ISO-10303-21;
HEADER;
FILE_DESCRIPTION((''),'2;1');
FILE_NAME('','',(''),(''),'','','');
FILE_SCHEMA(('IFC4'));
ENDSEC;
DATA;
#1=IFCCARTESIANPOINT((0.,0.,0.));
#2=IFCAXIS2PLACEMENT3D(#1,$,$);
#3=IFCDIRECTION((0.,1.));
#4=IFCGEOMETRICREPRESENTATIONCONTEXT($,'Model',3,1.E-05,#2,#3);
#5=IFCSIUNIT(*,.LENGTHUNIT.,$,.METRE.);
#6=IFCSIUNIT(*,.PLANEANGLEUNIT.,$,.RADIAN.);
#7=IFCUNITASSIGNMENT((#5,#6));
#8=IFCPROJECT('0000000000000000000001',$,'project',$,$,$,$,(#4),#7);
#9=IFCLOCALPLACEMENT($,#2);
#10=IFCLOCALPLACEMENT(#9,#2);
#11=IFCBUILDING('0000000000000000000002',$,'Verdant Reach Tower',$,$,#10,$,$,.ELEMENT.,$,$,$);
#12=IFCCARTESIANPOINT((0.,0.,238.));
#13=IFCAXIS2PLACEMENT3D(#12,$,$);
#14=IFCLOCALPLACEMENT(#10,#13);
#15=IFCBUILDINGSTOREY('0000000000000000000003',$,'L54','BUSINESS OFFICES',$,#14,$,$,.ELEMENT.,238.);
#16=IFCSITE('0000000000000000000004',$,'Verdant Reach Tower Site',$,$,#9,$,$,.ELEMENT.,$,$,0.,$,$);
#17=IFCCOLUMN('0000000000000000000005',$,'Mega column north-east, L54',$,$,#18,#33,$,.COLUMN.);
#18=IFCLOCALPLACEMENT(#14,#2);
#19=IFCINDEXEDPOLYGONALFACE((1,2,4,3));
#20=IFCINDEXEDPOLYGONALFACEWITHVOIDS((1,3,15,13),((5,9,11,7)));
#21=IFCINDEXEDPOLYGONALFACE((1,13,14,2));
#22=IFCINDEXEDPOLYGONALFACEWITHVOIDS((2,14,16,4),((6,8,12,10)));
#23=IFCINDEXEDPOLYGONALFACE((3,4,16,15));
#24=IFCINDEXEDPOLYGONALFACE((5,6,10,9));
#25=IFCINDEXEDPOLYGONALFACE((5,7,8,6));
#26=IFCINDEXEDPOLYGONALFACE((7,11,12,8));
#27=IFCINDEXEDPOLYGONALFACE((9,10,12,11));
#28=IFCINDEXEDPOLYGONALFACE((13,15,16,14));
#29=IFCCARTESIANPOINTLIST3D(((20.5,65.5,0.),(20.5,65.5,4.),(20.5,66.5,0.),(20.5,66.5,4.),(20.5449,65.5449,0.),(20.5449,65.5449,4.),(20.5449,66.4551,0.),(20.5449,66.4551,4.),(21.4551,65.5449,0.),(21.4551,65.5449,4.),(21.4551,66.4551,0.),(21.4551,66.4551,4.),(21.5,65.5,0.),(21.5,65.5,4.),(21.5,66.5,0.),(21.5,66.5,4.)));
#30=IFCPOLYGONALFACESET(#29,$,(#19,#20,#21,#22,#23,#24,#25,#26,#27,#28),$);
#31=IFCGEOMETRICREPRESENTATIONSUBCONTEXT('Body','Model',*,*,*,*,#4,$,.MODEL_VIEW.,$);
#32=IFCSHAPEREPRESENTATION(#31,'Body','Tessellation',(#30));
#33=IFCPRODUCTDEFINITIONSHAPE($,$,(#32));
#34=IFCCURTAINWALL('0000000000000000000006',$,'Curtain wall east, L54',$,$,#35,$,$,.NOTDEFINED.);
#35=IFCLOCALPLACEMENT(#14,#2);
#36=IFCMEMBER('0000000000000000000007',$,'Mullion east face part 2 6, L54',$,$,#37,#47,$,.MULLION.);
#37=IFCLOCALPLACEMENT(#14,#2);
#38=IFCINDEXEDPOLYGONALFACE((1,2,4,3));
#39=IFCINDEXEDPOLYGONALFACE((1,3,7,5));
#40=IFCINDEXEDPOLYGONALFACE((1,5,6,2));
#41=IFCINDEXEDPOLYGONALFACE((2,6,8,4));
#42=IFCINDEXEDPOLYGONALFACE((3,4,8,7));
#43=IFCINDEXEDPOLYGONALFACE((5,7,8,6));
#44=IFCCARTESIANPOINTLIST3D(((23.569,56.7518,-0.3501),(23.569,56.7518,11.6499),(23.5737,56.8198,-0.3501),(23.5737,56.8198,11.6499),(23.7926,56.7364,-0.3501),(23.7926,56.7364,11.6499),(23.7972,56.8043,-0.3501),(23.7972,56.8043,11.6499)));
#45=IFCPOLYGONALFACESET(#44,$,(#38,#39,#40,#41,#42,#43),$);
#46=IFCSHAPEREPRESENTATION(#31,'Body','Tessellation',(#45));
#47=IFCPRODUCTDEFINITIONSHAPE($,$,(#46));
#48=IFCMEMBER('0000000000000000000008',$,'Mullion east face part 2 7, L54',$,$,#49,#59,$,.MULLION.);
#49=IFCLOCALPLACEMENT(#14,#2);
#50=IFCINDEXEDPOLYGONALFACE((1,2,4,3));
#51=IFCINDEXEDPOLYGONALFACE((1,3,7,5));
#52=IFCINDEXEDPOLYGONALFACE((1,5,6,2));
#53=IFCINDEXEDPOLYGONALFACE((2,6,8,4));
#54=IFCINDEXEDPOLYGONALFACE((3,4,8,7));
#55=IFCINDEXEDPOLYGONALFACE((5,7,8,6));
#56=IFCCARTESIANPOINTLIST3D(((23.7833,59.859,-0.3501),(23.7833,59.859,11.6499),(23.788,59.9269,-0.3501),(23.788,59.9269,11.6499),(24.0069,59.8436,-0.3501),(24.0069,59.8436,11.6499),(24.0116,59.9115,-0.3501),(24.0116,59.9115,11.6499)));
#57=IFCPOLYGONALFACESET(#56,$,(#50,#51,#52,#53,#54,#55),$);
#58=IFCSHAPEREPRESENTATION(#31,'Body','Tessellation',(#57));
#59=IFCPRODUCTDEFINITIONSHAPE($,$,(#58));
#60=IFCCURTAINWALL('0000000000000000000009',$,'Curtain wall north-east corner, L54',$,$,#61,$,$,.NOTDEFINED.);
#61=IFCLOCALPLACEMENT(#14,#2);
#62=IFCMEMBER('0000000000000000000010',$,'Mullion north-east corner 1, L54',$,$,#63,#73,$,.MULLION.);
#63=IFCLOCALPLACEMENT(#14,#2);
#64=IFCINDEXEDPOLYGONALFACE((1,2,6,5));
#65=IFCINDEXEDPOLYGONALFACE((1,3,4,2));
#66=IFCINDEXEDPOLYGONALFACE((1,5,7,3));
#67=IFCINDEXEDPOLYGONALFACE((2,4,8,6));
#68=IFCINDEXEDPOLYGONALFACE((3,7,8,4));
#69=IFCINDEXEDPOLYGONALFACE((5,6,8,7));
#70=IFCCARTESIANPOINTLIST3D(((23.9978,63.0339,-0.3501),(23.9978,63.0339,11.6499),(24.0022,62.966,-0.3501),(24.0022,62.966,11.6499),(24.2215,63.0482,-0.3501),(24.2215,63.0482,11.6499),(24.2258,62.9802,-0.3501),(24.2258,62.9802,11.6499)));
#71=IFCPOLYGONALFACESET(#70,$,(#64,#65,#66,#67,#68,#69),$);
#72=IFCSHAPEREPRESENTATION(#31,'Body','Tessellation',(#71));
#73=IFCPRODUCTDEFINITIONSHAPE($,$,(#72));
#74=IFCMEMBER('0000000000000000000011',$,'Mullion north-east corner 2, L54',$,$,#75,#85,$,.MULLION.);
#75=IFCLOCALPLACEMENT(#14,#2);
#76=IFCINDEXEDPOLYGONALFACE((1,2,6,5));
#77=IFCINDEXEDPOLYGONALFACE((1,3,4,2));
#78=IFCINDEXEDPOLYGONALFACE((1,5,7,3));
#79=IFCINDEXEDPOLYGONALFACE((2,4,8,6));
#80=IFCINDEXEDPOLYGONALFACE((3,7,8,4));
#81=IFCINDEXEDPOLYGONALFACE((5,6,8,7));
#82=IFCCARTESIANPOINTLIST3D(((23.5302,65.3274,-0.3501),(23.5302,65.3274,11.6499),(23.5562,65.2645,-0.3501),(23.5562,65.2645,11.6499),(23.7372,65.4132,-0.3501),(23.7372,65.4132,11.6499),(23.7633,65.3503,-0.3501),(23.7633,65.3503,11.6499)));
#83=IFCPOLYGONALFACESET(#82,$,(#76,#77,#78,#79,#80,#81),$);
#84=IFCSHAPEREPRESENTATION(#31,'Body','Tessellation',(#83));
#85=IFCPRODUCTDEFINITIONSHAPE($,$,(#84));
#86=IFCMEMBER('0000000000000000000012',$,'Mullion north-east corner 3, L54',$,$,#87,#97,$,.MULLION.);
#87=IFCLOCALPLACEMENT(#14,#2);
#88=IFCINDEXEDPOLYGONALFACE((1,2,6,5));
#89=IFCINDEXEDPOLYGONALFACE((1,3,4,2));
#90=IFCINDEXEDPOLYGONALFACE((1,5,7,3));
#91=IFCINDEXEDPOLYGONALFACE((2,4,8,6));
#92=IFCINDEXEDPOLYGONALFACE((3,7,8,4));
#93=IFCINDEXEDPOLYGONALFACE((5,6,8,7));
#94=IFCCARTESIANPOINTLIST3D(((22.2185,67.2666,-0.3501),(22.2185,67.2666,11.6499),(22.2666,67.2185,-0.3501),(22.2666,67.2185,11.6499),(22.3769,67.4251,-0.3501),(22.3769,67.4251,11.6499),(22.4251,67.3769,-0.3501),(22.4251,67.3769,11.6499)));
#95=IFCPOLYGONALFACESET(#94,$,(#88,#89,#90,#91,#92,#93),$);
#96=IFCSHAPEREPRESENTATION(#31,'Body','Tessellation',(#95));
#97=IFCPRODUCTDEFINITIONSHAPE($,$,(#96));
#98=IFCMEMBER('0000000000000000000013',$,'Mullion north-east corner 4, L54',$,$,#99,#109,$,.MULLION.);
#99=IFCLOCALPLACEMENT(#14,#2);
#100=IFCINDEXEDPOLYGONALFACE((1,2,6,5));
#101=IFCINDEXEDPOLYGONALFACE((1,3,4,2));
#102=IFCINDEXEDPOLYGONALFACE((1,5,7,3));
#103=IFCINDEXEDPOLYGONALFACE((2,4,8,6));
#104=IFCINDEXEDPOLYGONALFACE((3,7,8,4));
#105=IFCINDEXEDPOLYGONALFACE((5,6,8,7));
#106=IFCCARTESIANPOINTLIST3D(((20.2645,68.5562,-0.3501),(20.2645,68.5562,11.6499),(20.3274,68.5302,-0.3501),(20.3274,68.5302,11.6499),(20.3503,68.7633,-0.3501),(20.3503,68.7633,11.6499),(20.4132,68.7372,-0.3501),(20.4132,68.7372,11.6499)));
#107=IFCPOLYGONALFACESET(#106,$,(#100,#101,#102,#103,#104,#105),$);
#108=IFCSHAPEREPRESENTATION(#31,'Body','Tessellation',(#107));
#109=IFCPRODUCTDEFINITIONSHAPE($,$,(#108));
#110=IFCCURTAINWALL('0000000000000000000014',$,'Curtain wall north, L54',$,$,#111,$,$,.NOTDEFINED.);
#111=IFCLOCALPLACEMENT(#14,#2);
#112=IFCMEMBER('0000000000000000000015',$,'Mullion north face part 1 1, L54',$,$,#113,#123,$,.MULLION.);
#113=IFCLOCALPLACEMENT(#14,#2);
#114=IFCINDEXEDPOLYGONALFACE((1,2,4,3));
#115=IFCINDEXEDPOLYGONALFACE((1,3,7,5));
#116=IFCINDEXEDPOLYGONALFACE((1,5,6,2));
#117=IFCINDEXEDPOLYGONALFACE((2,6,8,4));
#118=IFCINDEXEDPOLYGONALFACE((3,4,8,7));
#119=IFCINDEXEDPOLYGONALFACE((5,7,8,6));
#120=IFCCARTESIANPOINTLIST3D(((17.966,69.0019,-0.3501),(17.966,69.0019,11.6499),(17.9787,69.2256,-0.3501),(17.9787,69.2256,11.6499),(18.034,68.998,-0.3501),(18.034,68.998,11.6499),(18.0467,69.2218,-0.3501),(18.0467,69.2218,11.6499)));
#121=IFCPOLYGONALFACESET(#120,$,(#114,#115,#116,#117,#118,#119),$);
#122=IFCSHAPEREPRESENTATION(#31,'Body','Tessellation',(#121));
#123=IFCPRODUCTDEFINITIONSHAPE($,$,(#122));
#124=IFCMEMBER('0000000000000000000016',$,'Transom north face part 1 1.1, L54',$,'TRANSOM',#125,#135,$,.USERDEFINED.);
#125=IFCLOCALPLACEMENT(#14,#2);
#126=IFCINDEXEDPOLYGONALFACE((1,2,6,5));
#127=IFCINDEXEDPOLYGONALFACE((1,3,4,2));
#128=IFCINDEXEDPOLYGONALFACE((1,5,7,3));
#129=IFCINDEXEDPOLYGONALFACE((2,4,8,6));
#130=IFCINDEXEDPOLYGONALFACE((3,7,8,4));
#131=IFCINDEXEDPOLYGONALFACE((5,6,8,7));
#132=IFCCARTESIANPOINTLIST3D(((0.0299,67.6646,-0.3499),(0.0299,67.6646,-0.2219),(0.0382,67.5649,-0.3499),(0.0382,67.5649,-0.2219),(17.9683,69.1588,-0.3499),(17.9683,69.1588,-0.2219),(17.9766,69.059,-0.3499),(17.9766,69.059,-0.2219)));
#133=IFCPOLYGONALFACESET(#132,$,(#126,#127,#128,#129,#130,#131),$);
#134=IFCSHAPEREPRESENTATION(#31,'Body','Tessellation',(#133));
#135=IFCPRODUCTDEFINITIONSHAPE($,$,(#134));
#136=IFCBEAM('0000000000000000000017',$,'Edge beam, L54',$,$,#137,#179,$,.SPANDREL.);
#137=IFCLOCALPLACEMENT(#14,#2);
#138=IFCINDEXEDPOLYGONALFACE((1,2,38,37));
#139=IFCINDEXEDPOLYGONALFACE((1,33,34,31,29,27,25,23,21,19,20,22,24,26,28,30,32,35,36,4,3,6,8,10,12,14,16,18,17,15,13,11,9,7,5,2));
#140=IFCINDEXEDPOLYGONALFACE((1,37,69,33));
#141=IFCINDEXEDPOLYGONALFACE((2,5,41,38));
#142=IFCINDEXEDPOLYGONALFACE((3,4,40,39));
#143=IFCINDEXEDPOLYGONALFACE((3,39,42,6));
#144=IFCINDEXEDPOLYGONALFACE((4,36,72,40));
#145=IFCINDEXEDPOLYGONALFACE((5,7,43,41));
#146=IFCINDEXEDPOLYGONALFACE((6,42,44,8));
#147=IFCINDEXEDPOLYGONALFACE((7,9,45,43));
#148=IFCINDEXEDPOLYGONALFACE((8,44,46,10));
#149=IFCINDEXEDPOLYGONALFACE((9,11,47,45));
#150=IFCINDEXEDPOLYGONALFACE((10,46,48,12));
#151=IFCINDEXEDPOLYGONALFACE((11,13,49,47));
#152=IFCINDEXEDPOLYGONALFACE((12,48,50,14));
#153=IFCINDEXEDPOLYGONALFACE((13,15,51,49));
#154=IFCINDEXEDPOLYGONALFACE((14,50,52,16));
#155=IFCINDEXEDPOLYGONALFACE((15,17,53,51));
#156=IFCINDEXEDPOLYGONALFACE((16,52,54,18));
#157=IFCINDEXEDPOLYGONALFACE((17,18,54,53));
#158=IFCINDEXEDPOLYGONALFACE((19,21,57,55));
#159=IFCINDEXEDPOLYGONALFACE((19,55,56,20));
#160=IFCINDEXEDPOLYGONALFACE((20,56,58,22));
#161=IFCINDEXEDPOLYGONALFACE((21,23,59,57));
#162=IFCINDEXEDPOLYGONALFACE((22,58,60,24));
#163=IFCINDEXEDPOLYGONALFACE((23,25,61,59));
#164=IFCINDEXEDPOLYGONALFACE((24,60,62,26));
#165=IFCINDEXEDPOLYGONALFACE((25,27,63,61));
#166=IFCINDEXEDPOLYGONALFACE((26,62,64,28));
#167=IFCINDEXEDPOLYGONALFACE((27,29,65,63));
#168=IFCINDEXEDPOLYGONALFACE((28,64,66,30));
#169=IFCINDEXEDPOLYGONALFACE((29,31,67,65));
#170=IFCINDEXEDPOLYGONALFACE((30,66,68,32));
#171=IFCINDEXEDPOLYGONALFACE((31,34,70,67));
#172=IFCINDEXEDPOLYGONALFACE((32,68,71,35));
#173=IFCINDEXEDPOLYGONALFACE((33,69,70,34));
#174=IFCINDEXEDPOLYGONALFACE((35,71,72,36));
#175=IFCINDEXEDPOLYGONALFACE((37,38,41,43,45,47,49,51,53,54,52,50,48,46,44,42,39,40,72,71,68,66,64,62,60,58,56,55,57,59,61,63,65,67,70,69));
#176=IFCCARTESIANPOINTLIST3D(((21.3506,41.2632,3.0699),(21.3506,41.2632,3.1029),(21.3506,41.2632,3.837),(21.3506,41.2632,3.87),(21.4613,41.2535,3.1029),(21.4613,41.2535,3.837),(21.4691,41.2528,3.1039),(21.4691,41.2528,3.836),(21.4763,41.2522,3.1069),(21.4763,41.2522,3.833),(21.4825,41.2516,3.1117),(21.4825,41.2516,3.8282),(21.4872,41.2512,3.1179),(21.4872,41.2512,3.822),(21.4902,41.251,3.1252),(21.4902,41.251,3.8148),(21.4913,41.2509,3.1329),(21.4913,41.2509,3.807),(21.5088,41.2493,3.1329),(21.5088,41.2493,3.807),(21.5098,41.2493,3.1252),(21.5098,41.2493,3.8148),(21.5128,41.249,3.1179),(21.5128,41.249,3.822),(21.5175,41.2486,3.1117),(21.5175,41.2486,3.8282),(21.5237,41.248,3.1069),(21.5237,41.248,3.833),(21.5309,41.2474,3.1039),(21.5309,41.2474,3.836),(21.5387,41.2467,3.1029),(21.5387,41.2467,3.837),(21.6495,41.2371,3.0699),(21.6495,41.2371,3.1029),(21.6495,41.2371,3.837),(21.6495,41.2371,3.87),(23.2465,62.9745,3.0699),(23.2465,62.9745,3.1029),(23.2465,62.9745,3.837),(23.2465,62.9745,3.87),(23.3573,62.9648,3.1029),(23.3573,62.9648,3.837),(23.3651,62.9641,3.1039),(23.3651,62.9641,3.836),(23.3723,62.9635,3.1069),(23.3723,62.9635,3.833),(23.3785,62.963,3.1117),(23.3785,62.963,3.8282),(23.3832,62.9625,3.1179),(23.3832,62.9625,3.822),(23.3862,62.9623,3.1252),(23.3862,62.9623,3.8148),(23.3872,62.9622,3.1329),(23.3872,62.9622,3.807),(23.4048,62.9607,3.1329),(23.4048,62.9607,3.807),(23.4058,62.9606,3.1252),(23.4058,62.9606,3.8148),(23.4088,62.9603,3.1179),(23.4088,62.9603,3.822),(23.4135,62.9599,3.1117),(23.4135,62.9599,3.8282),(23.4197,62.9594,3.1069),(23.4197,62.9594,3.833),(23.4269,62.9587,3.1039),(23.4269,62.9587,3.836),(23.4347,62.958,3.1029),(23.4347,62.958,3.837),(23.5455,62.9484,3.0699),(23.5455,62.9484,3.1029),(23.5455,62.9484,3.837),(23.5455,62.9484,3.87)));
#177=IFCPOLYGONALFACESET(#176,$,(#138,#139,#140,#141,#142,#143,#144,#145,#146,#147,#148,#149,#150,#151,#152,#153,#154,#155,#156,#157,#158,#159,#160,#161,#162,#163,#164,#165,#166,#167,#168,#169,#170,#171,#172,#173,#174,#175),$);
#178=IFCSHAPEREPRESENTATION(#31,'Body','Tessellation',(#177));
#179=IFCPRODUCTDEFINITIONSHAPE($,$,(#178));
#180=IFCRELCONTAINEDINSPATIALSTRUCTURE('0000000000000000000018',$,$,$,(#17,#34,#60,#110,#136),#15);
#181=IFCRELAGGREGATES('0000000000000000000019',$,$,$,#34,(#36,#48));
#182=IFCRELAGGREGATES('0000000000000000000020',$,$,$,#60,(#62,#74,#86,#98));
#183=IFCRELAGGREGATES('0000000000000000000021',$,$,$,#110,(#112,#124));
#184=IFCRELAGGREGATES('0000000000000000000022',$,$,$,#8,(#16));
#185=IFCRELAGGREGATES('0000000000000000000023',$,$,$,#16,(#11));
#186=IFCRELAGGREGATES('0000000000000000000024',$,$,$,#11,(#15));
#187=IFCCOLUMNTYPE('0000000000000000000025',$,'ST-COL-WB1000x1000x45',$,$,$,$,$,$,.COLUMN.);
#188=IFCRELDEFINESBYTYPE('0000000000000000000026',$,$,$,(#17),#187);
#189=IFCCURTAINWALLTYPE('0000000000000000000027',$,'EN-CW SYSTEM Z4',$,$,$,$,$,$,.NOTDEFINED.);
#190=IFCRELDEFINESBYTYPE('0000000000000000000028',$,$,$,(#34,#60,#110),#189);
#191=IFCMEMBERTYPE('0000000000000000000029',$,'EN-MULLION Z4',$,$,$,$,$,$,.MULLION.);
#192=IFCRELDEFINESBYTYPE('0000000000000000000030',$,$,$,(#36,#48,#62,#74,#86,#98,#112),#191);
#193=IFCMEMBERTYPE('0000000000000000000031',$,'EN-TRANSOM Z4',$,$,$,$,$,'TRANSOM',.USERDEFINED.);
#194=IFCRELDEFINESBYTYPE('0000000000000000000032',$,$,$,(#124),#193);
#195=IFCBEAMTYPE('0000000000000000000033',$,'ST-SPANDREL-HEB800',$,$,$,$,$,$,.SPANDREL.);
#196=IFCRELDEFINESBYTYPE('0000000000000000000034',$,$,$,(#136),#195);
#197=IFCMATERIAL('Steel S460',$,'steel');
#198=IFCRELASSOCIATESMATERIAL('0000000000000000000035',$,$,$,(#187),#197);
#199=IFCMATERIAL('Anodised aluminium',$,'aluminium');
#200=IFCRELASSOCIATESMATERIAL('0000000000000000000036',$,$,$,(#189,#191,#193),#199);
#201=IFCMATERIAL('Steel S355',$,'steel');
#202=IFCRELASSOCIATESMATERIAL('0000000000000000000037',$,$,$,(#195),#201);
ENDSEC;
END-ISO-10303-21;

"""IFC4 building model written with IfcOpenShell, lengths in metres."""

from ifc_helpers import new_model, si_unit, direction, frame, origin, origin_2d, place, context, subcontext, project, spatial, rectangle, hollow_rectangle, i_section, extrude, material, material_profile, profile_set, type_object, element, aggregate, save


model = new_model("IFC4")

# Units and contexts
model_context = context("Model", 3, precision=1e-05, world=origin(), true_north=direction((0.0, 1.0)))
body_context = subcontext(model_context, "Body", "Model", "MODEL_VIEW")
ifc_project = project(units=[si_unit("LENGTHUNIT", "METRE"), si_unit("PLANEANGLEUNIT", "RADIAN")], contexts=[model_context])

# Site, building, storey
site_placement = place(None, origin())
site = spatial("IfcSite", under=ifc_project, at=site_placement, Name="Verdant Reach Tower Site", CompositionType="ELEMENT", RefElevation=0.0)
building_placement = place(site_placement, origin())
building = spatial("IfcBuilding", under=site, at=building_placement, Name="Verdant Reach Tower", CompositionType="ELEMENT")
storey_placement = place(building_placement, frame((0.0, 0.0, 238.0)))
storey = spatial("IfcBuildingStorey", under=building, at=storey_placement, Name="L54", Description="BUSINESS OFFICES", CompositionType="ELEMENT", Elevation=238.0)

# Column
ifc_material_1 = material(Name="Steel S460", Category="steel")
ifc_material_profile_1 = material_profile(ifc_material_1, hollow_rectangle(XDim=1.0, YDim=1.0, WallThickness=0.0449, at=origin_2d()), Name="WB 1000x1000x45")
ifc_profile_set_1 = profile_set([ifc_material_profile_1], Name="Steel S460")
column_type = type_object("IfcColumnType", Name="ST-COL-WB1000x1000x45", PredefinedType="COLUMN", material=ifc_profile_set_1)
column_placement = place(storey_placement, frame((21.0, 66.0, 0.0), z_axis=(0.0, 0.0, 1.0), x_axis=(1.0, 0.0, 0.0)))
element("IfcColumn", 1, at=column_placement, inside=storey, type_object=column_type, Name="Mega column north-east, L54", PredefinedType="COLUMN", context=body_context, shape_type="SweptSolid", body=[
    extrude(hollow_rectangle(XDim=1.0, YDim=1.0, WallThickness=0.0449, at=origin_2d()), origin(), (0.0, 0.0, 1.0), 4.0),
])

# Curtain walls, members
ifc_material_2 = material(Name="Anodised aluminium", Category="aluminium")
curtain_wall_type = type_object("IfcCurtainWallType", Name="EN-CW SYSTEM Z4", PredefinedType="NOTDEFINED", material=ifc_material_2)
curtain_wall_1_placement = place(storey_placement, origin())
curtain_wall_1 = element("IfcCurtainWall", 2, at=curtain_wall_1_placement, inside=storey, type_object=curtain_wall_type, Name="Curtain wall east, L54", PredefinedType="NOTDEFINED")
ifc_material_profile_2 = material_profile(ifc_material_2, rectangle(XDim=0.2241, YDim=0.0681, at=origin_2d()), Name="Mullion 68x224")
ifc_profile_set_2 = profile_set([ifc_material_profile_2], Name="Anodised aluminium")
member_type_1 = type_object("IfcMemberType", Name="EN-MULLION Z4", PredefinedType="MULLION", material=ifc_profile_set_2)
member_1_placement = place(storey_placement, frame((23.6831, 56.7781, -0.3501), z_axis=(0.0, 0.0, 1.0), x_axis=(0.99763, -0.068802, 0.0)))
member_1 = element("IfcMember", 3, at=member_1_placement, type_object=member_type_1, Name="Mullion east face part 2 6, L54", PredefinedType="MULLION", context=body_context, shape_type="SweptSolid", body=[
    extrude(rectangle(XDim=0.2241, YDim=0.0681, at=origin_2d()), origin(), (0.0, 0.0, 1.0), 12.0),
])
member_2_placement = place(storey_placement, frame((23.8975, 59.8853, -0.3501), z_axis=(0.0, 0.0, 1.0), x_axis=(0.99763, -0.068802, 0.0)))
member_2 = element("IfcMember", 4, at=member_2_placement, type_object=member_type_1, Name="Mullion east face part 2 7, L54", PredefinedType="MULLION", context=body_context, shape_type="SweptSolid", body=[
    extrude(rectangle(XDim=0.2241, YDim=0.0681, at=origin_2d()), origin(), (0.0, 0.0, 1.0), 12.0),
])
curtain_wall_2_placement = place(storey_placement, origin())
curtain_wall_2 = element("IfcCurtainWall", 5, at=curtain_wall_2_placement, inside=storey, type_object=curtain_wall_type, Name="Curtain wall north-east corner, L54", PredefinedType="NOTDEFINED")
member_3_placement = place(storey_placement, frame((24.1118, 63.0071, -0.3501), z_axis=(0.0, 0.0, 1.0), x_axis=(0.997969, 0.063699, 0.0)))
member_3 = element("IfcMember", 6, at=member_3_placement, type_object=member_type_1, Name="Mullion north-east corner 1, L54", PredefinedType="MULLION", context=body_context, shape_type="SweptSolid", body=[
    extrude(rectangle(XDim=0.2241, YDim=0.0681, at=origin_2d()), origin(), (0.0, 0.0, 1.0), 12.0),
])
member_4_placement = place(storey_placement, frame((23.6467, 65.3389, -0.3501), z_axis=(0.0, 0.0, 1.0), x_axis=(0.923875, 0.382694, 0.0)))
member_4 = element("IfcMember", 7, at=member_4_placement, type_object=member_type_1, Name="Mullion north-east corner 2, L54", PredefinedType="MULLION", context=body_context, shape_type="SweptSolid", body=[
    extrude(rectangle(XDim=0.2241, YDim=0.0681, at=origin_2d()), origin(), (0.0, 0.0, 1.0), 12.0),
])
member_5_placement = place(storey_placement, frame((22.3218, 67.3218, -0.3501), z_axis=(0.0, 0.0, 1.0), x_axis=(0.707107, 0.707107, 0.0)))
member_5 = element("IfcMember", 8, at=member_5_placement, type_object=member_type_1, Name="Mullion north-east corner 3, L54", PredefinedType="MULLION", context=body_context, shape_type="SweptSolid", body=[
    extrude(rectangle(XDim=0.2241, YDim=0.0681, at=origin_2d()), origin(), (0.0, 0.0, 1.0), 12.0),
])
member_6_placement = place(storey_placement, frame((20.3389, 68.6467, -0.3501), z_axis=(0.0, 0.0, 1.0), x_axis=(0.382694, 0.923875, 0.0)))
member_6 = element("IfcMember", 9, at=member_6_placement, type_object=member_type_1, Name="Mullion north-east corner 4, L54", PredefinedType="MULLION", context=body_context, shape_type="SweptSolid", body=[
    extrude(rectangle(XDim=0.2241, YDim=0.0681, at=origin_2d()), origin(), (0.0, 0.0, 1.0), 12.0),
])
curtain_wall_3_placement = place(storey_placement, origin())
curtain_wall_3 = element("IfcCurtainWall", 10, at=curtain_wall_3_placement, inside=storey, type_object=curtain_wall_type, Name="Curtain wall north, L54", PredefinedType="NOTDEFINED")
member_7_placement = place(storey_placement, frame((18.0063, 69.1118, -0.3501), z_axis=(0.0, 0.0, 1.0), x_axis=(0.056569, 0.998399, 0.0)))
member_7 = element("IfcMember", 11, at=member_7_placement, type_object=member_type_1, Name="Mullion north face part 1 1, L54", PredefinedType="MULLION", context=body_context, shape_type="SweptSolid", body=[
    extrude(rectangle(XDim=0.2241, YDim=0.0681, at=origin_2d()), origin(), (0.0, 0.0, 1.0), 12.0),
])
ifc_material_profile_3 = material_profile(ifc_material_2, rectangle(XDim=0.1001, YDim=0.1279, at=origin_2d()), Name="Transom 128x100")
ifc_profile_set_3 = profile_set([ifc_material_profile_3], Name="Anodised aluminium")
member_type_2 = type_object("IfcMemberType", Name="EN-TRANSOM Z4", ElementType="TRANSOM", PredefinedType="USERDEFINED", material=ifc_profile_set_3)
member_8_placement = place(storey_placement, frame((17.9724, 69.1089, -0.2859), z_axis=(-0.996549, -0.083005, 0.0), x_axis=(0.083005, -0.996549, 0.0)))
member_8 = element("IfcMember", 12, at=member_8_placement, type_object=member_type_2, Name="Transom north face part 1 1.1, L54", ObjectType="TRANSOM", PredefinedType="USERDEFINED", context=body_context, shape_type="SweptSolid", body=[
    extrude(rectangle(XDim=0.1001, YDim=0.1279, at=origin_2d()), origin(), (0.0, 0.0, 1.0), 18.0005),
])

# Beam
ifc_material_3 = material(Name="Steel S355", Category="steel")
ifc_material_profile_4 = material_profile(ifc_material_3, i_section(OverallWidth=0.3, OverallDepth=0.8, WebThickness=0.0176, FlangeThickness=0.033, FilletRadius=0.03, at=origin_2d()), Name="HEB 800")
ifc_profile_set_4 = profile_set([ifc_material_profile_4], Name="Steel S355")
beam_type_1 = type_object("IfcBeamType", Name="ST-SPANDREL-HEB800", PredefinedType="SPANDREL", material=ifc_profile_set_4)
beam_1_placement = place(storey_placement, frame((23.396, 62.9614, 3.47), z_axis=(-0.086996, -0.996209, 0.0), x_axis=(0.996209, -0.086996, 0.0)))
element("IfcBeam", 13, at=beam_1_placement, inside=storey, type_object=beam_type_1, Name="Edge beam, L54", PredefinedType="SPANDREL", context=body_context, shape_type="SweptSolid", body=[
    extrude(i_section(OverallWidth=0.3, OverallDepth=0.8, WebThickness=0.0176, FlangeThickness=0.033, FilletRadius=0.03, at=origin_2d()), origin(), (0.0, 0.0, 1.0), 21.7939),
])

aggregate(curtain_wall_1, [member_1, member_2])
aggregate(curtain_wall_2, [member_3, member_4, member_5, member_6])
aggregate(curtain_wall_3, [member_7, member_8])

save(model, "model.ifc")
